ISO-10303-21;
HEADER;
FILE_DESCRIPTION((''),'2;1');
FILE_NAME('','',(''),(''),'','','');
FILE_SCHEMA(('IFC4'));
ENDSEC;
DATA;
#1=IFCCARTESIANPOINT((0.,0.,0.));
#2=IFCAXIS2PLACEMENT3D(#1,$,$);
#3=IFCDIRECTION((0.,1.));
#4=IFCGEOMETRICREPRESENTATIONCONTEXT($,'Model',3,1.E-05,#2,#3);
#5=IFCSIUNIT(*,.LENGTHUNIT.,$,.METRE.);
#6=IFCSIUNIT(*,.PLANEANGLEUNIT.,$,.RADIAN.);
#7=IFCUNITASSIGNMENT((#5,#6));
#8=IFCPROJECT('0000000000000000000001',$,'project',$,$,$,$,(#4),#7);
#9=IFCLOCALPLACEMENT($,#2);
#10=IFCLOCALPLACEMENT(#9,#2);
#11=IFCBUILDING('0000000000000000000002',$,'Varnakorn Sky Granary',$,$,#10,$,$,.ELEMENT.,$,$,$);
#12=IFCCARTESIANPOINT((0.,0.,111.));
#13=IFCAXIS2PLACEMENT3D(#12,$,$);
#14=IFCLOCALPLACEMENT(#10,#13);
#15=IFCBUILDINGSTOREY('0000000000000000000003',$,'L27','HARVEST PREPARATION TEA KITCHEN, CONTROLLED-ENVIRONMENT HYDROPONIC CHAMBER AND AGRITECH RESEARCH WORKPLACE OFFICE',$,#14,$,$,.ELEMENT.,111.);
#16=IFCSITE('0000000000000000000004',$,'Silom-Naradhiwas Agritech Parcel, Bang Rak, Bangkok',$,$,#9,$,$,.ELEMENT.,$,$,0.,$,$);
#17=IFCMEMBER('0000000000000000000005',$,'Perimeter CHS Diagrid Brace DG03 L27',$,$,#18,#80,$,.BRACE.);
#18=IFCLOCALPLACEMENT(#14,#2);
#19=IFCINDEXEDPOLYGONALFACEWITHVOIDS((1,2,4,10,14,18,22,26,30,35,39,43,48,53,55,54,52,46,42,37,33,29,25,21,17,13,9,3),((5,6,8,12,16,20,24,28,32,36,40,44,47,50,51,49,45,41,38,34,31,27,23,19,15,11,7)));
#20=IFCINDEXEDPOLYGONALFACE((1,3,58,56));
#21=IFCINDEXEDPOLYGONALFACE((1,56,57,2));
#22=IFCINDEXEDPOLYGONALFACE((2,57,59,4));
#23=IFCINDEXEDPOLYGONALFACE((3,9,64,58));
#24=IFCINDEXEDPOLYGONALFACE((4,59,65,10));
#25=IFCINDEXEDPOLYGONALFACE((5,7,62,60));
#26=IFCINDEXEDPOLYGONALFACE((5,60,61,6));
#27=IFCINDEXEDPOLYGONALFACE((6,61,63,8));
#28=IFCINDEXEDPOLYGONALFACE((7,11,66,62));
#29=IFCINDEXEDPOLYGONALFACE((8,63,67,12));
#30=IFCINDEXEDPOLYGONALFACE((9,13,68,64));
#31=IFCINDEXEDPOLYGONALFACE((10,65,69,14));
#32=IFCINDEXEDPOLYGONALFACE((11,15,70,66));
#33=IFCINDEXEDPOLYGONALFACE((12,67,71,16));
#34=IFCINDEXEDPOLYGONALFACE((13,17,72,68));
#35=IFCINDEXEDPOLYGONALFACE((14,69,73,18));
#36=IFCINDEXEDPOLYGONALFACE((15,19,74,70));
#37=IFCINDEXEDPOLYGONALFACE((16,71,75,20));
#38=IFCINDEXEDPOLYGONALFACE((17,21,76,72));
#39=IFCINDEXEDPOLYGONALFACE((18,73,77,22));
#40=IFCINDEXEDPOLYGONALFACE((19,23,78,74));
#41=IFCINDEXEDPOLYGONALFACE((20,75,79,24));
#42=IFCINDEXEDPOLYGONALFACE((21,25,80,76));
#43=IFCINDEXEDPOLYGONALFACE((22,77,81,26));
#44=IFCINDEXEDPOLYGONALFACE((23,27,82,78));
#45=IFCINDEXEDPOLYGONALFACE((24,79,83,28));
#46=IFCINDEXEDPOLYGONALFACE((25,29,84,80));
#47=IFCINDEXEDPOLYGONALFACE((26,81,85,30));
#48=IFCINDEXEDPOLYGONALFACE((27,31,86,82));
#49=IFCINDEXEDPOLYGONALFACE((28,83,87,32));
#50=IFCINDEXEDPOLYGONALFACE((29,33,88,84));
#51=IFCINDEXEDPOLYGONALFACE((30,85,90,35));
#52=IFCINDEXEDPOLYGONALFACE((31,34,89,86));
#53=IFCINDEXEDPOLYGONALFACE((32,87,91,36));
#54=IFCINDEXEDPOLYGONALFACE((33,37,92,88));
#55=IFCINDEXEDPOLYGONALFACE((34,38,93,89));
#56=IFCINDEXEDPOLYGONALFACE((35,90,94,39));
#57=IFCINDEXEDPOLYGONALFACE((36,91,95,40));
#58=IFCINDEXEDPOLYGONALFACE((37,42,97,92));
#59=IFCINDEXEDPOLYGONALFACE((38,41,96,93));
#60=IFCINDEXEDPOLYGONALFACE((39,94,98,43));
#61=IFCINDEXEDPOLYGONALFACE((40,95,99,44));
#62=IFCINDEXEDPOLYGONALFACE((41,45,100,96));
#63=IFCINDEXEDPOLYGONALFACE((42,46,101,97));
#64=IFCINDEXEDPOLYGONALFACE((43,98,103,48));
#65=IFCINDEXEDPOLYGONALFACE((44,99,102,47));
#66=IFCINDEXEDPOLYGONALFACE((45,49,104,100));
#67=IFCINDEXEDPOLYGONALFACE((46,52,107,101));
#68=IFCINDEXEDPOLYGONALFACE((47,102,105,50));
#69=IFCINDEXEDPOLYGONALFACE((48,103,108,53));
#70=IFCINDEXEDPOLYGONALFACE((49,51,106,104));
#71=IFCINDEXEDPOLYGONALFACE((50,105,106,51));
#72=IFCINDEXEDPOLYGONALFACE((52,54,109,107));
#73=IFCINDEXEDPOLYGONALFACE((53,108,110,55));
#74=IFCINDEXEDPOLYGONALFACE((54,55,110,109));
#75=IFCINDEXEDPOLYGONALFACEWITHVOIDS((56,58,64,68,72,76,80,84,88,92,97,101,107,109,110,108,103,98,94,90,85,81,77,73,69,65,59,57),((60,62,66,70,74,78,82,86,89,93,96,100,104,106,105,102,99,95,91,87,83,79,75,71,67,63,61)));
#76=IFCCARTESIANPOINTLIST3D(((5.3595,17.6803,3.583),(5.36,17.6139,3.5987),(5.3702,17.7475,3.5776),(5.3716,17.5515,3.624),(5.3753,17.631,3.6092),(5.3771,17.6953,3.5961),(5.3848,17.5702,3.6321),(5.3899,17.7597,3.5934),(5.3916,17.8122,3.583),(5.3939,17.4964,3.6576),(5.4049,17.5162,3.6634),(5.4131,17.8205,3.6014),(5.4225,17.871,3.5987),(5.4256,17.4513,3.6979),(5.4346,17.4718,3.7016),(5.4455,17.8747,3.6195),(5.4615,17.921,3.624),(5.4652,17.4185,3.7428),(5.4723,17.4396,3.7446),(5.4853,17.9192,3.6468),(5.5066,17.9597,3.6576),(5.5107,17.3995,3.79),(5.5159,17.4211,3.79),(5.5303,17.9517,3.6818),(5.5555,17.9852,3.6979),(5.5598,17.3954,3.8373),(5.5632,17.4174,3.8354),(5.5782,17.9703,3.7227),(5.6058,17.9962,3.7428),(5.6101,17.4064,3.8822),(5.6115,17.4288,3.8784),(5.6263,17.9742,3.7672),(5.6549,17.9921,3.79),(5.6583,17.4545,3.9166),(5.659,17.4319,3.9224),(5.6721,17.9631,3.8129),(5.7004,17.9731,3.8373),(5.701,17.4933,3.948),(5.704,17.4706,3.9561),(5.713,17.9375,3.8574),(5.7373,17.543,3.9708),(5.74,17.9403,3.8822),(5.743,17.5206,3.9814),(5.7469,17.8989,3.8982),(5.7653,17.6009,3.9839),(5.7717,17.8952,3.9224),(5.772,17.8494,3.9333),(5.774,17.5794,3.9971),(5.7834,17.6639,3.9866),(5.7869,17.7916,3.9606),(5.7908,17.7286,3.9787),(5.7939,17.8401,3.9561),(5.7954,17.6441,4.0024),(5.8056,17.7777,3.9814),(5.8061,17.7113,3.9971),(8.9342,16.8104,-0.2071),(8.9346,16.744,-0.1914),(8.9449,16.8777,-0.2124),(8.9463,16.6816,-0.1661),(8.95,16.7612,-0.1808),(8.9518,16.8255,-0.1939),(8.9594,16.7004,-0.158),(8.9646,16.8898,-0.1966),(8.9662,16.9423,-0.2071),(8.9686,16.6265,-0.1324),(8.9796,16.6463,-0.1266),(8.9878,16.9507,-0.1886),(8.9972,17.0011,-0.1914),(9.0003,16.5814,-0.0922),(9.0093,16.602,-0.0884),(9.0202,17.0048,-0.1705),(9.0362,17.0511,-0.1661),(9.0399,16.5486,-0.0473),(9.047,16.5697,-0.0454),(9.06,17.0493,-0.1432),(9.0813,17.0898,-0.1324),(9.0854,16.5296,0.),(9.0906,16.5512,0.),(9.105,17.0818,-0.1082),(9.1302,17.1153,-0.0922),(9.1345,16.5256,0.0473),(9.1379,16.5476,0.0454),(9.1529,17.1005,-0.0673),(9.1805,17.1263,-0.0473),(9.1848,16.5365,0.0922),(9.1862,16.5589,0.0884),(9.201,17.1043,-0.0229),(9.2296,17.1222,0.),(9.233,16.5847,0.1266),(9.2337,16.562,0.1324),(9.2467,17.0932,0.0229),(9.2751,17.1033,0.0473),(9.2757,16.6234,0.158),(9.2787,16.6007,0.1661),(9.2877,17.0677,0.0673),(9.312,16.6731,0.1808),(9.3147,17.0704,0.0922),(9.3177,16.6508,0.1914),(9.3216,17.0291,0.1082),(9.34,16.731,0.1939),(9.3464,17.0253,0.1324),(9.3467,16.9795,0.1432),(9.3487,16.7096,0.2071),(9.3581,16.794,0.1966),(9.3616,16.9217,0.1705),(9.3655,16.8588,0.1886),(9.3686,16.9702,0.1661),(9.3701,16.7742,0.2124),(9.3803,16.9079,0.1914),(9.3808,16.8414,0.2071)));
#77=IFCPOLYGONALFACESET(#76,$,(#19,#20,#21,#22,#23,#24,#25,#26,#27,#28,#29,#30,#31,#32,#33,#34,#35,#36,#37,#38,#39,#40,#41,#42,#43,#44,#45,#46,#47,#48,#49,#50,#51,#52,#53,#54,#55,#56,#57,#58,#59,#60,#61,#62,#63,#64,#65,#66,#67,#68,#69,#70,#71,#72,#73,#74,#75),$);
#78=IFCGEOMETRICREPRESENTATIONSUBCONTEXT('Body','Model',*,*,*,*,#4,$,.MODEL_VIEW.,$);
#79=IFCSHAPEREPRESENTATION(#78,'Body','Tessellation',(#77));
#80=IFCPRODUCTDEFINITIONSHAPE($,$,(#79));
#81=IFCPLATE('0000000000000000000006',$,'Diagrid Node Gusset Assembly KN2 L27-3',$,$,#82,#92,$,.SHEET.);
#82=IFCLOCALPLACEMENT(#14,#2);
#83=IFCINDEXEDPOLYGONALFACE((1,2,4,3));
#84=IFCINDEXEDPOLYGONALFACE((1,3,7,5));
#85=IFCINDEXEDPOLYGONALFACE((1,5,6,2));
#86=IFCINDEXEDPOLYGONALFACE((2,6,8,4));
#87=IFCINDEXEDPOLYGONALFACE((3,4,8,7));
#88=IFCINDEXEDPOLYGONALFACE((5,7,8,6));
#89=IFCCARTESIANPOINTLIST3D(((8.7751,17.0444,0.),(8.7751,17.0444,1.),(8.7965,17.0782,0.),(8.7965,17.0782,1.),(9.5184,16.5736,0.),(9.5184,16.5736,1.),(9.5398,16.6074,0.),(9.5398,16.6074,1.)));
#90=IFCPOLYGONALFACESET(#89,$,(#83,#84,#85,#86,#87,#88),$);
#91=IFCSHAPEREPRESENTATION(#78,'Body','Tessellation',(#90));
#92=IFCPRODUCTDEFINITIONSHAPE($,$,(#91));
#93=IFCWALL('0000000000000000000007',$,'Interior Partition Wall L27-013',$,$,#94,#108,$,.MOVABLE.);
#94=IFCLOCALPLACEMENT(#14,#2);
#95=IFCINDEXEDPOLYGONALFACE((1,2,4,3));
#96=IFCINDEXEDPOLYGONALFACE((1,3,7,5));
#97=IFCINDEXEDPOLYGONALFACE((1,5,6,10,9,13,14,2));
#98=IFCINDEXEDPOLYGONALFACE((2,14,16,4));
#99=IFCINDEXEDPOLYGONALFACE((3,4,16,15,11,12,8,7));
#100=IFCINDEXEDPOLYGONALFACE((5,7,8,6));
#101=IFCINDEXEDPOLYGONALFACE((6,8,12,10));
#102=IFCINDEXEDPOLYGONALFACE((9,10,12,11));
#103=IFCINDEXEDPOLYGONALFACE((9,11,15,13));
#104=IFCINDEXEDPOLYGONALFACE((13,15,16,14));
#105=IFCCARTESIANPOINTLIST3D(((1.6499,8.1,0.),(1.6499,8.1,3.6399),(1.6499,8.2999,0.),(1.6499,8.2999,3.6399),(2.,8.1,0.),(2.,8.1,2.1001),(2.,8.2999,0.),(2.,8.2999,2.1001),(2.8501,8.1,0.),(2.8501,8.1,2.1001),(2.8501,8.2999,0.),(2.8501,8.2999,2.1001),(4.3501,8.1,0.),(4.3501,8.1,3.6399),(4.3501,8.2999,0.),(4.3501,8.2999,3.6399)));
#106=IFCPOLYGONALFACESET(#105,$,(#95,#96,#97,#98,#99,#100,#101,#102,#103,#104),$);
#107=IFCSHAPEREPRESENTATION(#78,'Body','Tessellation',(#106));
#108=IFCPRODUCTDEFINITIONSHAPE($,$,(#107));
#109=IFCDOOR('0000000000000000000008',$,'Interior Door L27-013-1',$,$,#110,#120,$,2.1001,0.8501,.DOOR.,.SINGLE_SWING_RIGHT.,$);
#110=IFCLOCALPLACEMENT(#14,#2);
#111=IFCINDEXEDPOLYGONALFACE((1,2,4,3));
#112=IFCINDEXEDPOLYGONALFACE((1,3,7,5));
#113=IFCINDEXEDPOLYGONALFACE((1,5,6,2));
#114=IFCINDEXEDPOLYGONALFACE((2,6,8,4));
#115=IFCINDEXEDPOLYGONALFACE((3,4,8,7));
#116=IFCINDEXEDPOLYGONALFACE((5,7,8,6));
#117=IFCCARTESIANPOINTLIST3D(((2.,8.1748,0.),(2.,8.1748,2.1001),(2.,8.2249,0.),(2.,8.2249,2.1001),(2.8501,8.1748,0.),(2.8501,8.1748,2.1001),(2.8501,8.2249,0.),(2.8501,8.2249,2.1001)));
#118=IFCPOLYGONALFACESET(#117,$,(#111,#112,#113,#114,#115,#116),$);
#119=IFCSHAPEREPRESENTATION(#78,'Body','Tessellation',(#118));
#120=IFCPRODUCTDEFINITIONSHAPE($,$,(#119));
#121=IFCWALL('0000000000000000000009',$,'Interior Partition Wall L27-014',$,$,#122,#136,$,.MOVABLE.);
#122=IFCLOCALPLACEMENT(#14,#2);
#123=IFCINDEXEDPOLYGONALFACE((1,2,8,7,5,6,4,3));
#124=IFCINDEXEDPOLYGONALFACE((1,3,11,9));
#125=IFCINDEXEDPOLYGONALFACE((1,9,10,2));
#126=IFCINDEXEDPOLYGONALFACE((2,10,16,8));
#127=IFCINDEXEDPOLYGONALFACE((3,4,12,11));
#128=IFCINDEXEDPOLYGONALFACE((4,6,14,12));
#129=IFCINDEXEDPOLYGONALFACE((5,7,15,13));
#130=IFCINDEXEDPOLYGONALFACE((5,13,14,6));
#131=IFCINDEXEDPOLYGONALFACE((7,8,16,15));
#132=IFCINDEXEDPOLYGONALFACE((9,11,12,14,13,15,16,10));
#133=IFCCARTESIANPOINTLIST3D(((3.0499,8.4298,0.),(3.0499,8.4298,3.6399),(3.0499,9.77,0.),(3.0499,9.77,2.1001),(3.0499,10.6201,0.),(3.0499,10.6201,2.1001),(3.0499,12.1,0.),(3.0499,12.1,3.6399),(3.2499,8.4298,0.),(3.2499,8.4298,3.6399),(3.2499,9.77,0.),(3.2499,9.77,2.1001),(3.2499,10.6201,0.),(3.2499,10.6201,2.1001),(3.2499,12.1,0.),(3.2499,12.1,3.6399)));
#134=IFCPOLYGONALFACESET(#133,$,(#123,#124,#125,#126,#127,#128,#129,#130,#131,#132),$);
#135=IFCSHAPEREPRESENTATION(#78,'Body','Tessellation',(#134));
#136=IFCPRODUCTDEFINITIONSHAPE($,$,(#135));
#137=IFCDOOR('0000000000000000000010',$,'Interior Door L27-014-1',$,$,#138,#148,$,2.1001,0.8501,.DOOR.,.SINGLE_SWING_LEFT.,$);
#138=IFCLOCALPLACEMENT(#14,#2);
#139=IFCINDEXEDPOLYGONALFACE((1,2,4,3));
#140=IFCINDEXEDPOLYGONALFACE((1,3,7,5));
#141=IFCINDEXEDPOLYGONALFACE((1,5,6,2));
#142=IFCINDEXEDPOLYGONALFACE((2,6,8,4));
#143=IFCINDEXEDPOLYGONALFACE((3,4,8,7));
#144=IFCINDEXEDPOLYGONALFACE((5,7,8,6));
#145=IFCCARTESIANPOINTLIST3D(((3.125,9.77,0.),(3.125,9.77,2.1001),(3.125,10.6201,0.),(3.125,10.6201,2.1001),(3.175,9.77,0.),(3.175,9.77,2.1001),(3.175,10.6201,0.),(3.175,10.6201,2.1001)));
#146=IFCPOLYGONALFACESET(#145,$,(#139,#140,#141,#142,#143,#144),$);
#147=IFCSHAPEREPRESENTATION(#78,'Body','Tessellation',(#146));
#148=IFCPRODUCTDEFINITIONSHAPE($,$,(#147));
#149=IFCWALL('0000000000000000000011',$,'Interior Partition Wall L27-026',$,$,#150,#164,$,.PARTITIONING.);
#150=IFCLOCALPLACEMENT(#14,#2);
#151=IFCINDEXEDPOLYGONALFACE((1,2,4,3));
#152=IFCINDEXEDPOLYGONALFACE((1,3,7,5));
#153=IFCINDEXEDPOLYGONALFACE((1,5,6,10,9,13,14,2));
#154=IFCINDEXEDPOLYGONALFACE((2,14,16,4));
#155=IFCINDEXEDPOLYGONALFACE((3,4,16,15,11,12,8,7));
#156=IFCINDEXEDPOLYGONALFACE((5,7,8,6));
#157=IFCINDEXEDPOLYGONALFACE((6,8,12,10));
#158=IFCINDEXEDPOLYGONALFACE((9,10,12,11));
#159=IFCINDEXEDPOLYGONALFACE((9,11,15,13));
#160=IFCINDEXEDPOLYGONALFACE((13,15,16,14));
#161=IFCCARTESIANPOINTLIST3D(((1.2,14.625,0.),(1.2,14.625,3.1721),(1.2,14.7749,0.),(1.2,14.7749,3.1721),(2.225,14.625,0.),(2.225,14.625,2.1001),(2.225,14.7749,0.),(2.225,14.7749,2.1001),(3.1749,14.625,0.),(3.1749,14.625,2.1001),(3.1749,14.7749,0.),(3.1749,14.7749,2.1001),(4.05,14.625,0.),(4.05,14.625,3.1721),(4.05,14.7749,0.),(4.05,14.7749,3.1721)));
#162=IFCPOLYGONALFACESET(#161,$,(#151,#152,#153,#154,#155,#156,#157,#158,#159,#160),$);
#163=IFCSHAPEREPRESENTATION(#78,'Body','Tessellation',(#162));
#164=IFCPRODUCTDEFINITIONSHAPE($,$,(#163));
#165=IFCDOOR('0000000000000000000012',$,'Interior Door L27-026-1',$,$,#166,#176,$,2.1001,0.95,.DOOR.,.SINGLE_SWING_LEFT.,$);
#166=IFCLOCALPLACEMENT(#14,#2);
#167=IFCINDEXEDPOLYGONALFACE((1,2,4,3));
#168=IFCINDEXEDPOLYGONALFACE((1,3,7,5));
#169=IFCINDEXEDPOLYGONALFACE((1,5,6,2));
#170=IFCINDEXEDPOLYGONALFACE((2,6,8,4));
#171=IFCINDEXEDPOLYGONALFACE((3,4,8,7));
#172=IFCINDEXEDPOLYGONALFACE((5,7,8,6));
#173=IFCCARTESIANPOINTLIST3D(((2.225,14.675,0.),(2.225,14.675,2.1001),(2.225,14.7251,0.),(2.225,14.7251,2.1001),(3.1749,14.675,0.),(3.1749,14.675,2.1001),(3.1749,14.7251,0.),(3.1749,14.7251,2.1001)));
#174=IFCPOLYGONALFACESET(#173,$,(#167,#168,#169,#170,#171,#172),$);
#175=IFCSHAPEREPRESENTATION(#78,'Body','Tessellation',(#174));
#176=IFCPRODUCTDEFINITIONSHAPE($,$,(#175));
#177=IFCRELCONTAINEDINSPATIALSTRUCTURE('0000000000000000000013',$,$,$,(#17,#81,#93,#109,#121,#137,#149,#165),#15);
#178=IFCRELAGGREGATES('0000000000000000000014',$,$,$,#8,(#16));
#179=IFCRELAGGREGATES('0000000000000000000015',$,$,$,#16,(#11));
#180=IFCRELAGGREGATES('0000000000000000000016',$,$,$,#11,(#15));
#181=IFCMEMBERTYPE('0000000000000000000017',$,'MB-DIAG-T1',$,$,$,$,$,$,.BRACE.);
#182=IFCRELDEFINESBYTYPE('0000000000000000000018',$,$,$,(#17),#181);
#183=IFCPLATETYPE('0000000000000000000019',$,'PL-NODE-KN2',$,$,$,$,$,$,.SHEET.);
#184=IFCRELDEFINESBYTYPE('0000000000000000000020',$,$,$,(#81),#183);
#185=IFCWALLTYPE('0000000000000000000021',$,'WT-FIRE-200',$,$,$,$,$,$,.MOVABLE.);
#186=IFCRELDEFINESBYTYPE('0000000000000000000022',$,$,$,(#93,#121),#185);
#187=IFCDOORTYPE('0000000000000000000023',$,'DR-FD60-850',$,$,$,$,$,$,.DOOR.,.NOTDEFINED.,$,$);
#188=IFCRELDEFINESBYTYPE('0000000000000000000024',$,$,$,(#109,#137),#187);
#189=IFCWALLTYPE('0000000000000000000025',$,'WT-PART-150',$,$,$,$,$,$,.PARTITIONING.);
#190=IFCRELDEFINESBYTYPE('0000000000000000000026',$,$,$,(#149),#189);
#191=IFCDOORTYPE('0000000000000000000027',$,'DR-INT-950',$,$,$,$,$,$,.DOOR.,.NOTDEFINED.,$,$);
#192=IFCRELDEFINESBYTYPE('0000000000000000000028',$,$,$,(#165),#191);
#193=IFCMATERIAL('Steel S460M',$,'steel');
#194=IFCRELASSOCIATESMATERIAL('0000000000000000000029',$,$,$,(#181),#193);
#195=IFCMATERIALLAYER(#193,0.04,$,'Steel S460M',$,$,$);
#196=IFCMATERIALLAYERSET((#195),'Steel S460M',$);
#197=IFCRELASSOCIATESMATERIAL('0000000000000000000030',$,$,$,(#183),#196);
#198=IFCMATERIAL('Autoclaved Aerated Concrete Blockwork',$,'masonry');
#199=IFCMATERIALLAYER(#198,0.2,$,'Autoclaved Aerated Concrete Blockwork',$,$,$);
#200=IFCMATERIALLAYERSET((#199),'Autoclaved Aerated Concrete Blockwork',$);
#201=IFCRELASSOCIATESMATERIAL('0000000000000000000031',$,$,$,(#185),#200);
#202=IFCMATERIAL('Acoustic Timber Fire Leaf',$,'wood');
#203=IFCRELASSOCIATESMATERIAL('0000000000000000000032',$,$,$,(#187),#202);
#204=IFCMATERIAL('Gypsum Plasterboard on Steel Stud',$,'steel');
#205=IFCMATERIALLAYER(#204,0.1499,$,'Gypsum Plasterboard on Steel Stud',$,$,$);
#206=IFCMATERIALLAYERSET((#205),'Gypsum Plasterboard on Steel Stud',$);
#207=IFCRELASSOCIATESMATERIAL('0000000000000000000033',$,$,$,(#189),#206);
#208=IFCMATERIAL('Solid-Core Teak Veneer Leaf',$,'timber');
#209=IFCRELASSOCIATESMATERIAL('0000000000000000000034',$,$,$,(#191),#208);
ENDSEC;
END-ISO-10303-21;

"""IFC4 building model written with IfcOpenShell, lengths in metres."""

from ifc_helpers import new_model, si_unit, direction, frame, frame_2d, origin, origin_2d, place, context, subcontext, project, spatial, rectangle, hollow_circle, extrude, material, layer, layer_set, material_profile, profile_set, type_object, element, fill, save


model = new_model("IFC4")

# Units and contexts
model_context = context("Model", 3, precision=1e-05, world=origin(), true_north=direction((0.0, 1.0)))
body_context = subcontext(model_context, "Body", "Model", "MODEL_VIEW")
ifc_project = project(units=[si_unit("LENGTHUNIT", "METRE"), si_unit("PLANEANGLEUNIT", "RADIAN")], contexts=[model_context])

# Site, building, storey
site_placement = place(None, origin())
site = spatial("IfcSite", under=ifc_project, at=site_placement, Name="Silom-Naradhiwas Agritech Parcel, Bang Rak, Bangkok", CompositionType="ELEMENT", RefElevation=0.0)
building_placement = place(site_placement, origin())
building = spatial("IfcBuilding", under=site, at=building_placement, Name="Varnakorn Sky Granary", CompositionType="ELEMENT")
storey_placement = place(building_placement, frame((0.0, 0.0, 111.0)))
storey = spatial("IfcBuildingStorey", under=building, at=storey_placement, Name="L27", Description="HARVEST PREPARATION TEA KITCHEN, CONTROLLED-ENVIRONMENT HYDROPONIC CHAMBER AND AGRITECH RESEARCH WORKPLACE OFFICE", CompositionType="ELEMENT", Elevation=111.0)

# Shared definitions
ifc_material_1 = material(Name="Steel S460M", Category="steel")

# Member
ifc_material_profile_1 = material_profile(ifc_material_1, hollow_circle(Radius=0.3049, WallThickness=0.0222, at=origin_2d()), Name="CHS 610x22")
ifc_profile_set_1 = profile_set([ifc_material_profile_1], Name="Steel S460M")
member_type = type_object("IfcMemberType", Name="MB-DIAG-T1", PredefinedType="BRACE", material=ifc_profile_set_1)
member_1_placement = place(storey_placement, frame((9.1575, 16.8259, 0.0), z_axis=(-0.676771, 0.164686, 0.717538), x_axis=(-0.236441, -0.971646, 0.0)))
element("IfcMember", 1, at=member_1_placement, inside=storey, type_object=member_type, Name="Perimeter CHS Diagrid Brace DG03 L27", PredefinedType="BRACE", context=body_context, shape_type="SweptSolid", body=[
    extrude(hollow_circle(Radius=0.3049, WallThickness=0.0222, at=origin_2d()), origin(), (0.0, 0.0, 1.0), 5.282),
])

# Plate
ifc_layer_1 = layer(ifc_material_1, 0.04, Name="Steel S460M")
ifc_layer_set_1 = layer_set([ifc_layer_1], Name="Steel S460M")
plate_type = type_object("IfcPlateType", Name="PL-NODE-KN2", PredefinedType="SHEET", material=ifc_layer_set_1)
plate_placement = place(storey_placement, frame((9.1575, 16.8259, 0.0), z_axis=(0.0, 0.0, 1.0), x_axis=(-0.844796, 0.535089, 0.0)))
element("IfcPlate", 2, at=plate_placement, inside=storey, type_object=plate_type, Name="Diagrid Node Gusset Assembly KN2 L27-3", PredefinedType="SHEET", context=body_context, shape_type="SweptSolid", body=[
    extrude(rectangle(XDim=0.8799, YDim=0.04, at=origin_2d()), origin(), (0.0, 0.0, 1.0), 1.0),
])

# Walls, openings, doors
ifc_material_2 = material(Name="Autoclaved Aerated Concrete Blockwork", Category="masonry")
ifc_layer_2 = layer(ifc_material_2, 0.2, Name="Autoclaved Aerated Concrete Blockwork")
ifc_layer_set_2 = layer_set([ifc_layer_2], Name="Autoclaved Aerated Concrete Blockwork")
wall_type_1 = type_object("IfcWallType", Name="WT-FIRE-200", PredefinedType="MOVABLE", material=ifc_layer_set_2)
wall_1_placement = place(storey_placement, frame((1.6499, 8.2, 0.0), z_axis=(0.0, 0.0, 1.0), x_axis=(1.0, 0.0, 0.0)))
wall_1 = element("IfcWall", 3, at=wall_1_placement, inside=storey, type_object=wall_type_1, Name="Interior Partition Wall L27-013", PredefinedType="MOVABLE", context=body_context, shape_type="SweptSolid", body=[
    extrude(rectangle(XDim=2.7002, YDim=0.2, at=frame_2d((1.3501, 0.0))), origin(), (0.0, 0.0, 1.0), 3.6399),
])
opening_1_placement = place(wall_1_placement, frame((0.3501, 0.0, 0.0)))
opening_1 = element("IfcOpeningElement", 4, at=opening_1_placement, cuts=wall_1, PredefinedType="OPENING", context=body_context, shape_type="SweptSolid", body=[
    extrude(rectangle(XDim=0.8501, YDim=2.1001, at=frame_2d((0.425, 1.05))), frame((0.0, 0.1099, 0.0), z_axis=(0.0, -1.0, 0.0), x_axis=(1.0, 0.0, 0.0)), (0.0, 0.0, 1.0), 0.22),
])
ifc_material_3 = material(Name="Acoustic Timber Fire Leaf", Category="wood")
door_type_1 = type_object("IfcDoorType", Name="DR-FD60-850", OperationType="NOTDEFINED", PredefinedType="DOOR", material=ifc_material_3)
door_1_placement = place(opening_1_placement, origin())
door_1 = element("IfcDoor", 5, at=door_1_placement, inside=storey, type_object=door_type_1, Name="Interior Door L27-013-1", OperationType="SINGLE_SWING_RIGHT", OverallHeight=2.1001, OverallWidth=0.8501, PredefinedType="DOOR", context=body_context, shape_type="SweptSolid", body=[
    extrude(rectangle(XDim=0.8501, YDim=2.1001, at=frame_2d((0.425, 1.05))), frame((0.0, 0.0249, 0.0), z_axis=(0.0, -1.0, 0.0), x_axis=(1.0, 0.0, 0.0)), (0.0, 0.0, 1.0), 0.05),
])
fill(opening_1, door_1)
wall_2_placement = place(storey_placement, frame((3.1499, 8.4299, 0.0), z_axis=(0.0, 0.0, 1.0), x_axis=(0.0, 1.0, 0.0)))
wall_2 = element("IfcWall", 6, at=wall_2_placement, inside=storey, type_object=wall_type_1, Name="Interior Partition Wall L27-014", PredefinedType="MOVABLE", context=body_context, shape_type="SweptSolid", body=[
    extrude(rectangle(XDim=3.6702, YDim=0.2, at=frame_2d((1.835, 0.0))), origin(), (0.0, 0.0, 1.0), 3.6399),
])
opening_2_placement = place(wall_2_placement, frame((1.3401, 0.0, 0.0)))
opening_2 = element("IfcOpeningElement", 7, at=opening_2_placement, cuts=wall_2, PredefinedType="OPENING", context=body_context, shape_type="SweptSolid", body=[
    extrude(rectangle(XDim=0.8501, YDim=2.1001, at=frame_2d((0.425, 1.05))), frame((0.0, 0.1099, 0.0), z_axis=(0.0, -1.0, 0.0), x_axis=(1.0, 0.0, 0.0)), (0.0, 0.0, 1.0), 0.22),
])
door_2_placement = place(opening_2_placement, origin())
door_2 = element("IfcDoor", 8, at=door_2_placement, inside=storey, type_object=door_type_1, Name="Interior Door L27-014-1", OperationType="SINGLE_SWING_LEFT", OverallHeight=2.1001, OverallWidth=0.8501, PredefinedType="DOOR", context=body_context, shape_type="SweptSolid", body=[
    extrude(rectangle(XDim=0.8501, YDim=2.1001, at=frame_2d((0.425, 1.05))), frame((0.0, 0.0249, 0.0), z_axis=(0.0, -1.0, 0.0), x_axis=(1.0, 0.0, 0.0)), (0.0, 0.0, 1.0), 0.05),
])
fill(opening_2, door_2)
ifc_material_4 = material(Name="Gypsum Plasterboard on Steel Stud", Category="steel")
ifc_layer_3 = layer(ifc_material_4, 0.1499, Name="Gypsum Plasterboard on Steel Stud")
ifc_layer_set_3 = layer_set([ifc_layer_3], Name="Gypsum Plasterboard on Steel Stud")
wall_type_2 = type_object("IfcWallType", Name="WT-PART-150", PredefinedType="PARTITIONING", material=ifc_layer_set_3)
wall_3_placement = place(storey_placement, frame((4.05, 14.7, 0.0), z_axis=(0.0, 0.0, 1.0), x_axis=(-1.0, 0.0, 0.0)))
wall_3 = element("IfcWall", 9, at=wall_3_placement, inside=storey, type_object=wall_type_2, Name="Interior Partition Wall L27-026", PredefinedType="PARTITIONING", context=body_context, shape_type="SweptSolid", body=[
    extrude(rectangle(XDim=2.8501, YDim=0.1499, at=frame_2d((1.425, 0.0))), origin(), (0.0, 0.0, 1.0), 3.1721),
])
opening_3_placement = place(wall_3_placement, frame((0.875, 0.0, 0.0)))
opening_3 = element("IfcOpeningElement", 10, at=opening_3_placement, cuts=wall_3, PredefinedType="OPENING", context=body_context, shape_type="SweptSolid", body=[
    extrude(rectangle(XDim=0.95, YDim=2.1001, at=frame_2d((0.4751, 1.05))), frame((0.0, 0.085, 0.0), z_axis=(0.0, -1.0, 0.0), x_axis=(1.0, 0.0, 0.0)), (0.0, 0.0, 1.0), 0.1699),
])
ifc_material_5 = material(Name="Solid-Core Teak Veneer Leaf", Category="timber")
door_type_2 = type_object("IfcDoorType", Name="DR-INT-950", OperationType="NOTDEFINED", PredefinedType="DOOR", material=ifc_material_5)
door_3_placement = place(opening_3_placement, origin())
door_3 = element("IfcDoor", 11, at=door_3_placement, inside=storey, type_object=door_type_2, Name="Interior Door L27-026-1", OperationType="SINGLE_SWING_LEFT", OverallHeight=2.1001, OverallWidth=0.95, PredefinedType="DOOR", context=body_context, shape_type="SweptSolid", body=[
    extrude(rectangle(XDim=0.95, YDim=2.1001, at=frame_2d((0.4751, 1.05))), frame((0.0, 0.0249, 0.0), z_axis=(0.0, -1.0, 0.0), x_axis=(1.0, 0.0, 0.0)), (0.0, 0.0, 1.0), 0.05),
])
fill(opening_3, door_3)

save(model, "model.ifc")
